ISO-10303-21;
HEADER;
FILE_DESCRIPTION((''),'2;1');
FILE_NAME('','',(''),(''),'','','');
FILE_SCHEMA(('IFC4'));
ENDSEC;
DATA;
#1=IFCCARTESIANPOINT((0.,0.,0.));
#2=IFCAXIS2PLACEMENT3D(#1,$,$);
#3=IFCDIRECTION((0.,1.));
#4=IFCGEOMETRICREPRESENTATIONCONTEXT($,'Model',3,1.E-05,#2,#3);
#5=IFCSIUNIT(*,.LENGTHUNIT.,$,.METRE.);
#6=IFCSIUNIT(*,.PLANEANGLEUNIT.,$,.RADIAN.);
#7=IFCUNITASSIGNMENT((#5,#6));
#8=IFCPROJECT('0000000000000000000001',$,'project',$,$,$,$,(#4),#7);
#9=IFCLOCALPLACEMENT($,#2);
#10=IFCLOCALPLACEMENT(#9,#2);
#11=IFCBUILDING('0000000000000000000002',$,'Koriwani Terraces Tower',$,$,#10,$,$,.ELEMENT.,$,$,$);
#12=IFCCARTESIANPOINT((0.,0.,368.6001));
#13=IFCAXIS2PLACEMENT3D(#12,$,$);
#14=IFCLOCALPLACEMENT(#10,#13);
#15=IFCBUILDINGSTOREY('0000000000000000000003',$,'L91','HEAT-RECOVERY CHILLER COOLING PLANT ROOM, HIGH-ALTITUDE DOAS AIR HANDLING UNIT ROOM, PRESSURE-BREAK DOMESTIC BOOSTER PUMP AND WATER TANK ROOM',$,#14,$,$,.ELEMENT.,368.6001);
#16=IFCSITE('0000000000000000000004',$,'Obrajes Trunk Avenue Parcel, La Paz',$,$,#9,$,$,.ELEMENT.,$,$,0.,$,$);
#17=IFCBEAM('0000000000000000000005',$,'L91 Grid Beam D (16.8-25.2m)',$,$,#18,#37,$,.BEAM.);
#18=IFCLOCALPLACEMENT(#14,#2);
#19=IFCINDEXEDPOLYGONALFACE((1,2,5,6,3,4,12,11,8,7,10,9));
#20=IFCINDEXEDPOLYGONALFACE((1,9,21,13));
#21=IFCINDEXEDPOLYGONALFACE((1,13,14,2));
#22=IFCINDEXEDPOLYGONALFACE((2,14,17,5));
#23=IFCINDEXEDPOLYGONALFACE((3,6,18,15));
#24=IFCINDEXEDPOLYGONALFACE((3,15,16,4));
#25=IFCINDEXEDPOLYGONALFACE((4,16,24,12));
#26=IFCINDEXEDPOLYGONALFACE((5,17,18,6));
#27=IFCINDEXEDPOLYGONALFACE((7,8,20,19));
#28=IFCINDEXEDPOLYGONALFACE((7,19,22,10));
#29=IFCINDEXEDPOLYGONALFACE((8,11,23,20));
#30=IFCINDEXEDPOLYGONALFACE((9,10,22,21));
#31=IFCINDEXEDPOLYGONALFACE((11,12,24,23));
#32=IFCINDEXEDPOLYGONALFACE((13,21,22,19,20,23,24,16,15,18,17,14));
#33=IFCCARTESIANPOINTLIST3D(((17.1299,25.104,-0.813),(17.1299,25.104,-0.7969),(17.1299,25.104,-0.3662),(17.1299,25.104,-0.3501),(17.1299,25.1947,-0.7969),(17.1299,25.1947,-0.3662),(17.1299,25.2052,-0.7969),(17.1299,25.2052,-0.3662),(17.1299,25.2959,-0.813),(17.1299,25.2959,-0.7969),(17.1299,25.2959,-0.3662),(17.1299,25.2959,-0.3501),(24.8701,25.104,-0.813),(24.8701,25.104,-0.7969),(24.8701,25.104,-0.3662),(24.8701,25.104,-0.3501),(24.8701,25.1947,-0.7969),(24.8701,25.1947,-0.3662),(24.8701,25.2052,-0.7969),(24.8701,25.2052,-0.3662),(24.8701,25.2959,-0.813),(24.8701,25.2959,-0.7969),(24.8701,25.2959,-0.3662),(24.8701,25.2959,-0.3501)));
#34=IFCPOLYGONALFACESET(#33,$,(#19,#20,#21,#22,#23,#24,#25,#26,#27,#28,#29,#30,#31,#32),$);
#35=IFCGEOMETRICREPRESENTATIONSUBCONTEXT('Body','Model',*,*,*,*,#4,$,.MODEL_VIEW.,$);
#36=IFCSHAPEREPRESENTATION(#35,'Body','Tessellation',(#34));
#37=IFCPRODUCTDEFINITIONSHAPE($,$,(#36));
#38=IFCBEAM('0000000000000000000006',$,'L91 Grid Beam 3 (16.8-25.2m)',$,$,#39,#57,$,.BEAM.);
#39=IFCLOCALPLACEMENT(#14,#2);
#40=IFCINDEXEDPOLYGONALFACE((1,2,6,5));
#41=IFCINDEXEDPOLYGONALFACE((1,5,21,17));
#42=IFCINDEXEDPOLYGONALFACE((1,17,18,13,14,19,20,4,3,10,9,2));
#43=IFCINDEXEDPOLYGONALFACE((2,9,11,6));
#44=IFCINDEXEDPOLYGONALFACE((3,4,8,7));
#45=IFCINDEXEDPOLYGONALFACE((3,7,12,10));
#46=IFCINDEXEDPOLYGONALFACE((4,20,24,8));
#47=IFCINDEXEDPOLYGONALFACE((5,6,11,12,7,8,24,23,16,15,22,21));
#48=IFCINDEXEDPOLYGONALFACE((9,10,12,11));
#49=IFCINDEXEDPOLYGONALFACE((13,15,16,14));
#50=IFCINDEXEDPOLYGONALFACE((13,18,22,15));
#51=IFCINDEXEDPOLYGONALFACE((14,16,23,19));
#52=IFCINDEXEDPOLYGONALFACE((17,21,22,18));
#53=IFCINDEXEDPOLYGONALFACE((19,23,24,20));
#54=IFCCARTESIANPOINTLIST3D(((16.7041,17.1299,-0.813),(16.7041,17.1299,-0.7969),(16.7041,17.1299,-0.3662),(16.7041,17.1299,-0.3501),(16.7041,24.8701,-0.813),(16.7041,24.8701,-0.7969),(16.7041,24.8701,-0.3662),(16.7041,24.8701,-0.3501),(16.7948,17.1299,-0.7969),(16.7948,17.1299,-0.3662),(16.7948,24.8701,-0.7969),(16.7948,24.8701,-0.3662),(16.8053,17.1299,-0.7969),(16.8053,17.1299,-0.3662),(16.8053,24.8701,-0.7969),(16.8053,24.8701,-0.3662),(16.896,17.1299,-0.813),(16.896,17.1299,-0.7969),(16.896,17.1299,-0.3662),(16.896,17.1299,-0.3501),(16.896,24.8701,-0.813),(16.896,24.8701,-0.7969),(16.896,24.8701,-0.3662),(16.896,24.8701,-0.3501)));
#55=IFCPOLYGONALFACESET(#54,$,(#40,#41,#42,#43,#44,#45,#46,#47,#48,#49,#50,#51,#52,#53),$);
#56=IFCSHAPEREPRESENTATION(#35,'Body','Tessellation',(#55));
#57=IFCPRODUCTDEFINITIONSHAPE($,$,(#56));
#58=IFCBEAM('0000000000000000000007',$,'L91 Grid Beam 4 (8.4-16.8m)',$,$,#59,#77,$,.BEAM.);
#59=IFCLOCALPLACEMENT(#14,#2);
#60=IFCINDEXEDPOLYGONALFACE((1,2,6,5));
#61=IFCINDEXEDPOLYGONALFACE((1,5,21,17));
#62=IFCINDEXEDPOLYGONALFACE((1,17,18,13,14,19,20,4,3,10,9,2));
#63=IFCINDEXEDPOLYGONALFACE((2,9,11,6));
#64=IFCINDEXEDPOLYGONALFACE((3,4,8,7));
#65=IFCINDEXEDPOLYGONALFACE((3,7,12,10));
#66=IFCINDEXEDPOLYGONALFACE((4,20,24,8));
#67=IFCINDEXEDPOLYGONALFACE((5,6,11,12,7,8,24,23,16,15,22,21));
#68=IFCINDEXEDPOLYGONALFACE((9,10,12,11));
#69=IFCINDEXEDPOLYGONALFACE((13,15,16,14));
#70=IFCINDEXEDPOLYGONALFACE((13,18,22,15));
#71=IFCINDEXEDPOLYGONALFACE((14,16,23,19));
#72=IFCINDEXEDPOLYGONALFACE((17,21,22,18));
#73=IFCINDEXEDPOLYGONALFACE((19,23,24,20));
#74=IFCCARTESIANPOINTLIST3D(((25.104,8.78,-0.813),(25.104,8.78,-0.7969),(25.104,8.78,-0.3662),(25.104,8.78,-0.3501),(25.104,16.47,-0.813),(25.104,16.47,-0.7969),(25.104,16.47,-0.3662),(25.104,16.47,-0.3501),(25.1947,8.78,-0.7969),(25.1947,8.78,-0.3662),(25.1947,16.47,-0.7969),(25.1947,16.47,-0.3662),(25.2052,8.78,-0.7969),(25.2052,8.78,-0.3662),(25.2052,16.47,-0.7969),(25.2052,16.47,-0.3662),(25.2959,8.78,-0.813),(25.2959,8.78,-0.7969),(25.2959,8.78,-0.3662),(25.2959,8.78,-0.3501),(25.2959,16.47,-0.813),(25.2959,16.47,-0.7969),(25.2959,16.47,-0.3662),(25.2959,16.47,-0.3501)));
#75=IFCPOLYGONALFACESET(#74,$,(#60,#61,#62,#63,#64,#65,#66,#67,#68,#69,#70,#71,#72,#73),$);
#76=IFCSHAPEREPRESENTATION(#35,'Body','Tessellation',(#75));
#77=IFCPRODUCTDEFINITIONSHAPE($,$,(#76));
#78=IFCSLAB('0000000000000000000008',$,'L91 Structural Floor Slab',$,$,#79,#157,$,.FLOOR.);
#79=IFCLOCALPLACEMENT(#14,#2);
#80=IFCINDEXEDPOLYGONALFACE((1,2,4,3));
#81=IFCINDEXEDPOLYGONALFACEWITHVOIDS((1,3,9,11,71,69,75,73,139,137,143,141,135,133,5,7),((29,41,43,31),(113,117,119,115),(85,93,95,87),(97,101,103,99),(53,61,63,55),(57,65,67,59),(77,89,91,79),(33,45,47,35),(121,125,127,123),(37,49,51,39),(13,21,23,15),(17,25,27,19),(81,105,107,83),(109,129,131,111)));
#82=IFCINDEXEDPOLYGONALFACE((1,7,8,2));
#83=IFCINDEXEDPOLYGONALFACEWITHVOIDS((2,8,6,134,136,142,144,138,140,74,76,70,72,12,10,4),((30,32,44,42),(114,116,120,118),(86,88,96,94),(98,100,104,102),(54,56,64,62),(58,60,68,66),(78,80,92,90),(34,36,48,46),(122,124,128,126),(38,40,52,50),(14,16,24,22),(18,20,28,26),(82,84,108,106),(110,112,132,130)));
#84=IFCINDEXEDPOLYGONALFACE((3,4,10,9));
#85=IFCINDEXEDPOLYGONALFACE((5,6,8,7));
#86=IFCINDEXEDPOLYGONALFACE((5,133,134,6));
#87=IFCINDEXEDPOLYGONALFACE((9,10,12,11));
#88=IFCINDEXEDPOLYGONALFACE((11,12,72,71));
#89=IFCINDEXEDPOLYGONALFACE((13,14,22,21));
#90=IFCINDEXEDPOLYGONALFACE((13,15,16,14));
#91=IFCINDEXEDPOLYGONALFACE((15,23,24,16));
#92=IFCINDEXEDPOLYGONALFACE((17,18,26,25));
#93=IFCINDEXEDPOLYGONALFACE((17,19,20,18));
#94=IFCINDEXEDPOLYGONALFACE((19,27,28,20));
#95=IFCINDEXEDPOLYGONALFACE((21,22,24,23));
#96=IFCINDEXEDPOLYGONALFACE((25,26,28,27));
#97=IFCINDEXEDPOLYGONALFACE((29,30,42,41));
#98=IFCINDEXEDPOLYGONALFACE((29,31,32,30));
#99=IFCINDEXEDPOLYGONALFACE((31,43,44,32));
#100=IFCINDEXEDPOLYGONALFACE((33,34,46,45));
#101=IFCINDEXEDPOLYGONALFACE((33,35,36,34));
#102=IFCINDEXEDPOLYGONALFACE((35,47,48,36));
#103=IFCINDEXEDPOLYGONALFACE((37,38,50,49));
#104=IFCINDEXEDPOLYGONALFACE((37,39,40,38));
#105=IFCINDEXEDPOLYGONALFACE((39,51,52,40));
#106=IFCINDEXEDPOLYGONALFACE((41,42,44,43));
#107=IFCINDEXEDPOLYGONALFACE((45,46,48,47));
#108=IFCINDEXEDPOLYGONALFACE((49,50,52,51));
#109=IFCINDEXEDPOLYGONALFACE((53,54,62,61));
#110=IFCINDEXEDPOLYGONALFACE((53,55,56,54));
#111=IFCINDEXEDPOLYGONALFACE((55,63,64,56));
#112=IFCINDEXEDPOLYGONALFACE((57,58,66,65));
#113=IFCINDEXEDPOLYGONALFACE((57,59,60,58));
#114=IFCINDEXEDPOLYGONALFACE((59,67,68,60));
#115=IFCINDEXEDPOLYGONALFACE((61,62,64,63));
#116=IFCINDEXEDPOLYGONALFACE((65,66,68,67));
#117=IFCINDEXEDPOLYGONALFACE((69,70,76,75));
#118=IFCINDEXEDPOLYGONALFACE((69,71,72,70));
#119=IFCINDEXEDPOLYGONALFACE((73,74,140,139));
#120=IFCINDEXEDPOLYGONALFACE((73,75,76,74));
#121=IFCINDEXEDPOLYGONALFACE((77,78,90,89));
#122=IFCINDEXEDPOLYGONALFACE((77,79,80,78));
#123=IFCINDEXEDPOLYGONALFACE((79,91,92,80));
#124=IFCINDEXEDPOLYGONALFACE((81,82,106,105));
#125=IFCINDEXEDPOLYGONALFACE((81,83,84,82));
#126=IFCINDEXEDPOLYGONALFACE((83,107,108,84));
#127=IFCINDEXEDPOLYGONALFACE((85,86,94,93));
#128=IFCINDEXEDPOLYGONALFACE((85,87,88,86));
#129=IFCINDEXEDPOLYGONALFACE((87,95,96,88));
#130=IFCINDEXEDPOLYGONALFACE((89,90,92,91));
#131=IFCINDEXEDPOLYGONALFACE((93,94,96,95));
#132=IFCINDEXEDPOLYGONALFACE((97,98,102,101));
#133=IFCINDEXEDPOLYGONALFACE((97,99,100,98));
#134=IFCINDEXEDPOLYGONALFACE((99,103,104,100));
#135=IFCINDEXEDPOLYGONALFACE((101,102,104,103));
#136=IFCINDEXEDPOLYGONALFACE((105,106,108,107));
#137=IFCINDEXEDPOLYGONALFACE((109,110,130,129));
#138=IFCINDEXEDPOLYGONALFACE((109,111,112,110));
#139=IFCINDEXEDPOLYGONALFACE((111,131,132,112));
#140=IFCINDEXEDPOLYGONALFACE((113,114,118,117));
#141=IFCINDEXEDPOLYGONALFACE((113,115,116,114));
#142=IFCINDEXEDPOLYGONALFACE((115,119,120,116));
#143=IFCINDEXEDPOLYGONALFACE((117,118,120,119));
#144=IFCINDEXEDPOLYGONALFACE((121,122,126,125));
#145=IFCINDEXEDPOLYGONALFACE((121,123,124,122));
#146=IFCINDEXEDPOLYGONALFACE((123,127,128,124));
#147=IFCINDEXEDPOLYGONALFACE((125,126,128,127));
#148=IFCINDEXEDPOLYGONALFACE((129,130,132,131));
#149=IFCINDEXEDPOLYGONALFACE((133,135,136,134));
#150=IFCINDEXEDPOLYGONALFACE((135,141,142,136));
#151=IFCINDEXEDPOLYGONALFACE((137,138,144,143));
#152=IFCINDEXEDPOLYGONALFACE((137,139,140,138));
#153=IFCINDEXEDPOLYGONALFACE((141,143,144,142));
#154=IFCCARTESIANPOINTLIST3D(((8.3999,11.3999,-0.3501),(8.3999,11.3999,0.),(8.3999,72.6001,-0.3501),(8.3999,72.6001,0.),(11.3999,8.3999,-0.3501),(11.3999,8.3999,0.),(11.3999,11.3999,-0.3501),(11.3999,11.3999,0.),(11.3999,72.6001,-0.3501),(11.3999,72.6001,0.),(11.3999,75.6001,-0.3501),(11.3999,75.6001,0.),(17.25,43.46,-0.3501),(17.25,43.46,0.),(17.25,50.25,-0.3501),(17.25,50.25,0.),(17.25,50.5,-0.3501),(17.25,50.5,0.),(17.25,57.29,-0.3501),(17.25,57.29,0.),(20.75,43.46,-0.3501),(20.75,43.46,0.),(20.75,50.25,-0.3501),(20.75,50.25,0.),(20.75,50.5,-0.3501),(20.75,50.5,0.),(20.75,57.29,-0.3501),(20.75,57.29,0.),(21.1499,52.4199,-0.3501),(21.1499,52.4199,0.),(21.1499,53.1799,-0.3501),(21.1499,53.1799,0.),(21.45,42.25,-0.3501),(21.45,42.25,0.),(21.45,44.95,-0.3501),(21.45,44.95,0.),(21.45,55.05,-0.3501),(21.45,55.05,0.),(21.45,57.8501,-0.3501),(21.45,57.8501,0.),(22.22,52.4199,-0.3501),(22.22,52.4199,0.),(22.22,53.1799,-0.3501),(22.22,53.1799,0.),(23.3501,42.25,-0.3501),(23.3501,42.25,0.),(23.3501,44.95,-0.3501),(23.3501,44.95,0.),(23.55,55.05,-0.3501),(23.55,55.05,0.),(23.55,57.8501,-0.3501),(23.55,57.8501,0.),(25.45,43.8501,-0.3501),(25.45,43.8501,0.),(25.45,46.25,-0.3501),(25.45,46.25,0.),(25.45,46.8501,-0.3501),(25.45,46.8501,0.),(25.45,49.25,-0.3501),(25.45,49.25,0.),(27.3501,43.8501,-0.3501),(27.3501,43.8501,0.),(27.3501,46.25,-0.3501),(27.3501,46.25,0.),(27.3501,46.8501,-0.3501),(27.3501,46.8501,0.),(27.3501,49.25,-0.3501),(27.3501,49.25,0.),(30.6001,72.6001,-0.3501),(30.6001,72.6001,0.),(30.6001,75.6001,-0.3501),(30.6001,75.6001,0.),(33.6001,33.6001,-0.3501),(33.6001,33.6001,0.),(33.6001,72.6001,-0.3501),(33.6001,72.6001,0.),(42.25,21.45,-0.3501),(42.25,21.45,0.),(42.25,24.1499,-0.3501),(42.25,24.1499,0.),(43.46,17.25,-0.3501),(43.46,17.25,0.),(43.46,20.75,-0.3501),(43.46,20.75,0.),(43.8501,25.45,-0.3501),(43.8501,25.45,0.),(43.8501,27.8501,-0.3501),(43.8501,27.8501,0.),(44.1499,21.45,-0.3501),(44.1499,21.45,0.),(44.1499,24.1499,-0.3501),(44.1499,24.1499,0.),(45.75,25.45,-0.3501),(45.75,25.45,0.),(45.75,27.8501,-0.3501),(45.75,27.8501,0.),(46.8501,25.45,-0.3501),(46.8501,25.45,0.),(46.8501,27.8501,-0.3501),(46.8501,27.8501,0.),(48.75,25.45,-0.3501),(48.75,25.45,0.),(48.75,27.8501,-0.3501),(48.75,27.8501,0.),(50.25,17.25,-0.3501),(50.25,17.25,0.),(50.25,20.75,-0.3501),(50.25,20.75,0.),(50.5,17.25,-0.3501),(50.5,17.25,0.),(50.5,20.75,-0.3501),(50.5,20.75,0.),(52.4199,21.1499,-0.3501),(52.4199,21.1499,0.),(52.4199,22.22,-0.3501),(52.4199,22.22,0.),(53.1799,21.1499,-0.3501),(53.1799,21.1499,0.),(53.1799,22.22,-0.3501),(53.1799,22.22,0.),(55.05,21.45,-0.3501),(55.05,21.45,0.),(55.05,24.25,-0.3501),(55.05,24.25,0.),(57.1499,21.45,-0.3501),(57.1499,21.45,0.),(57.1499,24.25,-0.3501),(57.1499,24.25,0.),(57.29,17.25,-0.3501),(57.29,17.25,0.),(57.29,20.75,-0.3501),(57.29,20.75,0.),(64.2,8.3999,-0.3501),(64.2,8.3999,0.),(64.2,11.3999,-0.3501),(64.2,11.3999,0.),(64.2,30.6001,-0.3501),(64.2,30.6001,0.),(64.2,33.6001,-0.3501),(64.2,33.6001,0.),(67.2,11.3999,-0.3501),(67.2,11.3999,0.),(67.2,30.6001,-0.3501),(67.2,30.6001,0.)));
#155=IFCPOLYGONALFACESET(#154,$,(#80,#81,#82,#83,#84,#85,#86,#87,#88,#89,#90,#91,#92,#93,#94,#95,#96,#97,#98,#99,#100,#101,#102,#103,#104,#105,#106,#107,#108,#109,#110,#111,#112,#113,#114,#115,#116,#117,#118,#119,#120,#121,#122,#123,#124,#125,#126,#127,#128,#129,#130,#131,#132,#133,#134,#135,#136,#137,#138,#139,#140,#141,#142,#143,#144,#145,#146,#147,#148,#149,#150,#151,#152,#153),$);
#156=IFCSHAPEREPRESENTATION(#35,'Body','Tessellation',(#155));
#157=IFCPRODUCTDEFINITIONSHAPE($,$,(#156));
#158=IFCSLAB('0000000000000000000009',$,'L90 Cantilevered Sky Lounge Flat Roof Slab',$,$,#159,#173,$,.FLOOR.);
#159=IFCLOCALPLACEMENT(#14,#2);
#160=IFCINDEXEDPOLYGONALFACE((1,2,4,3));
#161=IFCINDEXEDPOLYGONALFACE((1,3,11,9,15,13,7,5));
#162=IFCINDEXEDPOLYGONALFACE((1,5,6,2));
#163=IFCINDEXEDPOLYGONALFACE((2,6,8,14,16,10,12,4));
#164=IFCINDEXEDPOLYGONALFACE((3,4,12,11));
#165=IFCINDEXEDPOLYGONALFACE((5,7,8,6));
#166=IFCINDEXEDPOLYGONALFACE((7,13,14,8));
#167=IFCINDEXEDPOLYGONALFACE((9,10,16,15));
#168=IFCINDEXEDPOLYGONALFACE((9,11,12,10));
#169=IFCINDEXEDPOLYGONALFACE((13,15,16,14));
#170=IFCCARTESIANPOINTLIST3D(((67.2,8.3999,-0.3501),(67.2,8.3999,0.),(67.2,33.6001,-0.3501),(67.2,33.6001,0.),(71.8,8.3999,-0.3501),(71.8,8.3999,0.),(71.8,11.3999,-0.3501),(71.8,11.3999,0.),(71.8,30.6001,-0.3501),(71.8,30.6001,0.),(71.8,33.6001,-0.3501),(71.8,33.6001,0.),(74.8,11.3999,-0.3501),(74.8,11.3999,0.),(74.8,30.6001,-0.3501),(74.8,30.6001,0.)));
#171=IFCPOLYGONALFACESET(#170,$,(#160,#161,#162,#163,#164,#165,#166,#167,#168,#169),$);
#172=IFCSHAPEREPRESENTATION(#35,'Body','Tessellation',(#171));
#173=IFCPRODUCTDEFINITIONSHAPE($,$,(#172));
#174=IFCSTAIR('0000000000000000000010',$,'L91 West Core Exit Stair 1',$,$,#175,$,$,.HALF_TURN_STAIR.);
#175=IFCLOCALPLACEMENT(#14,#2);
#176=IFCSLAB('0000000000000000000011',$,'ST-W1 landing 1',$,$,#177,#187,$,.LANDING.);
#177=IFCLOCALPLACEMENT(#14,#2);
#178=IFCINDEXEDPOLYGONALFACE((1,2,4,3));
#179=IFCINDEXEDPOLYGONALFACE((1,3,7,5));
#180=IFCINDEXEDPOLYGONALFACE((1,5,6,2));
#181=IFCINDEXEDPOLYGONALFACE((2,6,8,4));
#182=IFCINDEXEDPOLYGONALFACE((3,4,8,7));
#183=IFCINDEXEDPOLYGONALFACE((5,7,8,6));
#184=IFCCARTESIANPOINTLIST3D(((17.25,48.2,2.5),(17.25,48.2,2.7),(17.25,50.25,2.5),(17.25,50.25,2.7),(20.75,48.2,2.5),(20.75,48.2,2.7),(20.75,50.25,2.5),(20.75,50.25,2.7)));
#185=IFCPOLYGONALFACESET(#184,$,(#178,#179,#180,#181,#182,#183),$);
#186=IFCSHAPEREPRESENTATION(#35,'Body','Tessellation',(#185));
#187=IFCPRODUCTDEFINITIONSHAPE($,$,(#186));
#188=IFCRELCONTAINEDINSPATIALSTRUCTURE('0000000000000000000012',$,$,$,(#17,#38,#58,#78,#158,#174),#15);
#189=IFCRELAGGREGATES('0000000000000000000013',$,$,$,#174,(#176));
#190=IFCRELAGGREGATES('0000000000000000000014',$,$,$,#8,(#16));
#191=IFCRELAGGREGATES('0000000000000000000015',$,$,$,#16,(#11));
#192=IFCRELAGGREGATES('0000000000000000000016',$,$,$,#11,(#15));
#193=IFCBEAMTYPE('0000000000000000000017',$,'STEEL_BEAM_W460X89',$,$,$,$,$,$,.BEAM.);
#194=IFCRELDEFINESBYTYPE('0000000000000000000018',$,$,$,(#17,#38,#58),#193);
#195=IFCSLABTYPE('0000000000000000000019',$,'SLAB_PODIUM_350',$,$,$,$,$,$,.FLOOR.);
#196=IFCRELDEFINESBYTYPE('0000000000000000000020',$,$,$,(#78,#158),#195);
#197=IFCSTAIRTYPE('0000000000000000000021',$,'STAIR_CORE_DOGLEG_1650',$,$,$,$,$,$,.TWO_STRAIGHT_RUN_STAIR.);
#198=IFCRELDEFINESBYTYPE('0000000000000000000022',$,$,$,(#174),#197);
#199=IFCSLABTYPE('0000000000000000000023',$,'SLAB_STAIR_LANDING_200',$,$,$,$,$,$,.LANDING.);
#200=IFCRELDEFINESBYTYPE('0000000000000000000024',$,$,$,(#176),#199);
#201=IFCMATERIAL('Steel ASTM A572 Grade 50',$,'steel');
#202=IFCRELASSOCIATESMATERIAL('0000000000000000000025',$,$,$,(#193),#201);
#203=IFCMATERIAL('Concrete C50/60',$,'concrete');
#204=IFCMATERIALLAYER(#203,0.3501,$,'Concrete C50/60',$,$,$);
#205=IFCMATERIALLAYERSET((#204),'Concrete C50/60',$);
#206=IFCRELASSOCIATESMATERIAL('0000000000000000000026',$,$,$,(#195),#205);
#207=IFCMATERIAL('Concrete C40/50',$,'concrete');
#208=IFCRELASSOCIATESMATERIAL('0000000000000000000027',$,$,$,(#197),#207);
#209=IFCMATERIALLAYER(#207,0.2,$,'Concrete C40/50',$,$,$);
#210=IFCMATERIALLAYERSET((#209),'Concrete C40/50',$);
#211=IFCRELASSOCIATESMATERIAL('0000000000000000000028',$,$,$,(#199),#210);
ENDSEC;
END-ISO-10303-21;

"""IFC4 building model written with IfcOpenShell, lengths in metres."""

from ifc_helpers import new_model, si_unit, direction, frame, origin, origin_2d, place, context, subcontext, project, spatial, polyline, i_section, outline, extrude, material, layer, layer_set, material_profile, profile_set, type_object, element, aggregate, save


model = new_model("IFC4")

# Units and contexts
model_context = context("Model", 3, precision=1e-05, world=origin(), true_north=direction((0.0, 1.0)))
body_context = subcontext(model_context, "Body", "Model", "MODEL_VIEW")
ifc_project = project(units=[si_unit("LENGTHUNIT", "METRE"), si_unit("PLANEANGLEUNIT", "RADIAN")], contexts=[model_context])

# Site, building, storey
site_placement = place(None, origin())
site = spatial("IfcSite", under=ifc_project, at=site_placement, Name="Obrajes Trunk Avenue Parcel, La Paz", CompositionType="ELEMENT", RefElevation=0.0)
building_placement = place(site_placement, origin())
building = spatial("IfcBuilding", under=site, at=building_placement, Name="Koriwani Terraces Tower", CompositionType="ELEMENT")
storey_placement = place(building_placement, frame((0.0, 0.0, 368.6001)))
storey = spatial("IfcBuildingStorey", under=building, at=storey_placement, Name="L91", Description="HEAT-RECOVERY CHILLER COOLING PLANT ROOM, HIGH-ALTITUDE DOAS AIR HANDLING UNIT ROOM, PRESSURE-BREAK DOMESTIC BOOSTER PUMP AND WATER TANK ROOM", CompositionType="ELEMENT", Elevation=368.6001)

# Shared definitions
ifc_material_1 = material(Name="Concrete C50/60", Category="concrete")

# Beams
ifc_material_2 = material(Name="Concrete C40/50", Category="concrete")
ifc_material_3 = material(Name="Steel ASTM A572 Grade 50", Category="steel")
ifc_material_profile_1 = material_profile(ifc_material_3, i_section(OverallWidth=0.1919, OverallDepth=0.4629, WebThickness=0.0105, FlangeThickness=0.0161, at=origin_2d()), Name="Steel ASTM A572 Grade 50", Category="LoadBearing")
ifc_profile_set_1 = profile_set([ifc_material_profile_1], Name="Steel ASTM A572 Grade 50")
beam_type_1 = type_object("IfcBeamType", Name="STEEL_BEAM_W460X89", PredefinedType="BEAM", material=ifc_profile_set_1)
for number, where, z_axis, x_axis, name in (
    (1, (17.1299, 25.2, -0.5815), (1.0, 0.0, 0.0), (0.0, 1.0, 0.0), "L91 Grid Beam D (16.8-25.2m)"),
    (2, (16.8, 17.1299, -0.5815), (0.0, 1.0, 0.0), (-1.0, 0.0, 0.0), "L91 Grid Beam 3 (16.8-25.2m)"),
):
    element("IfcBeam", number, at=place(storey_placement, frame(where, z_axis=z_axis, x_axis=x_axis)), inside=storey, type_object=beam_type_1, Name=name, PredefinedType="BEAM", context=body_context, shape_type="SweptSolid", body=[
        extrude(i_section(OverallWidth=0.1919, OverallDepth=0.4629, WebThickness=0.0105, FlangeThickness=0.0161, at=origin_2d()), origin(), (0.0, 0.0, 1.0), 7.7402),
    ])
beam_1_placement = place(storey_placement, frame((25.2, 8.78, -0.5815), z_axis=(0.0, 1.0, 0.0), x_axis=(-1.0, 0.0, 0.0)))
element("IfcBeam", 3, at=beam_1_placement, inside=storey, type_object=beam_type_1, Name="L91 Grid Beam 4 (8.4-16.8m)", PredefinedType="BEAM", context=body_context, shape_type="SweptSolid", body=[
    extrude(i_section(OverallWidth=0.1919, OverallDepth=0.4629, WebThickness=0.0105, FlangeThickness=0.0161, at=origin_2d()), origin(), (0.0, 0.0, 1.0), 7.6899),
])

# Slabs
ifc_layer_1 = layer(ifc_material_1, 0.3501, Name="Concrete C50/60")
ifc_layer_set_1 = layer_set([ifc_layer_1], Name="Concrete C50/60")
slab_type_1 = type_object("IfcSlabType", Name="SLAB_PODIUM_350", PredefinedType="FLOOR", material=ifc_layer_set_1)
slab_1_placement = place(storey_placement, frame((0.0, 0.0, -0.3501)))
element("IfcSlab", 4, at=slab_1_placement, inside=storey, type_object=slab_type_1, Name="L91 Structural Floor Slab", PredefinedType="FLOOR", context=body_context, shape_type="SweptSolid", body=[
    extrude(outline(polyline([(11.3999, 8.3999), (64.2, 8.3999), (64.2, 11.3999), (67.2, 11.3999), (67.2, 30.6001), (64.2, 30.6001), (64.2, 33.6001), (33.6001, 33.6001), (33.6001, 72.6001), (30.6001, 72.6001), (30.6001, 75.6001), (11.3999, 75.6001), (11.3999, 72.6001), (8.3999, 72.6001), (8.3999, 11.3999), (11.3999, 11.3999), (11.3999, 8.3999)]), holes=[polyline([(17.25, 43.46), (20.75, 43.46), (20.75, 50.25), (17.25, 50.25), (17.25, 43.46)]), polyline([(17.25, 50.5), (20.75, 50.5), (20.75, 57.29), (17.25, 57.29), (17.25, 50.5)]), polyline([(43.46, 17.25), (50.25, 17.25), (50.25, 20.75), (43.46, 20.75), (43.46, 17.25)]), polyline([(50.5, 17.25), (57.29, 17.25), (57.29, 20.75), (50.5, 20.75), (50.5, 17.25)]), polyline([(25.45, 43.8501), (27.3501, 43.8501), (27.3501, 46.25), (25.45, 46.25), (25.45, 43.8501)]), polyline([(25.45, 46.8501), (27.3501, 46.8501), (27.3501, 49.25), (25.45, 49.25), (25.45, 46.8501)]), polyline([(43.8501, 25.45), (45.75, 25.45), (45.75, 27.8501), (43.8501, 27.8501), (43.8501, 25.45)]), polyline([(46.8501, 25.45), (48.75, 25.45), (48.75, 27.8501), (46.8501, 27.8501), (46.8501, 25.45)]), polyline([(21.45, 55.05), (23.55, 55.05), (23.55, 57.8501), (21.45, 57.8501), (21.45, 55.05)]), polyline([(55.05, 21.45), (57.1499, 21.45), (57.1499, 24.25), (55.05, 24.25), (55.05, 21.45)]), polyline([(21.45, 42.25), (23.3501, 42.25), (23.3501, 44.95), (21.45, 44.95), (21.45, 42.25)]), polyline([(42.25, 21.45), (44.1499, 21.45), (44.1499, 24.1499), (42.25, 24.1499), (42.25, 21.45)]), polyline([(21.1499, 52.4199), (22.22, 52.4199), (22.22, 53.1799), (21.1499, 53.1799), (21.1499, 52.4199)]), polyline([(52.4199, 21.1499), (53.1799, 21.1499), (53.1799, 22.22), (52.4199, 22.22), (52.4199, 21.1499)])]), origin(), (0.0, 0.0, 1.0), 0.3501),
])
slab_2_placement = place(storey_placement, frame((0.0, 0.0, -0.3501)))
element("IfcSlab", 5, at=slab_2_placement, inside=storey, type_object=slab_type_1, Name="L90 Cantilevered Sky Lounge Flat Roof Slab", PredefinedType="FLOOR", context=body_context, shape_type="SweptSolid", body=[
    extrude(outline(polyline([(67.2, 8.3999), (71.8, 8.3999), (71.8, 11.3999), (74.8, 11.3999), (74.8, 30.6001), (71.8, 30.6001), (71.8, 33.6001), (67.2, 33.6001), (67.2, 8.3999)])), origin(), (0.0, 0.0, 1.0), 0.3501),
])

# Stair, slab
stair_type = type_object("IfcStairType", Name="STAIR_CORE_DOGLEG_1650", PredefinedType="TWO_STRAIGHT_RUN_STAIR", material=ifc_material_2)
stair_1_placement = place(storey_placement, origin())
stair_1 = element("IfcStair", 6, at=stair_1_placement, inside=storey, type_object=stair_type, Name="L91 West Core Exit Stair 1", PredefinedType="HALF_TURN_STAIR")
ifc_layer_2 = layer(ifc_material_2, 0.2, Name="Concrete C40/50")
ifc_layer_set_2 = layer_set([ifc_layer_2], Name="Concrete C40/50")
slab_type_2 = type_object("IfcSlabType", Name="SLAB_STAIR_LANDING_200", PredefinedType="LANDING", material=ifc_layer_set_2)
slab_3_placement = place(storey_placement, frame((0.0, 0.0, 2.5)))
slab_3 = element("IfcSlab", 7, at=slab_3_placement, type_object=slab_type_2, Name="ST-W1 landing 1", PredefinedType="LANDING", context=body_context, shape_type="SweptSolid", body=[
    extrude(outline(polyline([(20.75, 48.2), (20.75, 50.25), (17.25, 50.25), (17.25, 48.2), (20.75, 48.2)])), origin(), (0.0, 0.0, 1.0), 0.2),
])
aggregate(stair_1, [slab_3])

save(model, "model.ifc")
